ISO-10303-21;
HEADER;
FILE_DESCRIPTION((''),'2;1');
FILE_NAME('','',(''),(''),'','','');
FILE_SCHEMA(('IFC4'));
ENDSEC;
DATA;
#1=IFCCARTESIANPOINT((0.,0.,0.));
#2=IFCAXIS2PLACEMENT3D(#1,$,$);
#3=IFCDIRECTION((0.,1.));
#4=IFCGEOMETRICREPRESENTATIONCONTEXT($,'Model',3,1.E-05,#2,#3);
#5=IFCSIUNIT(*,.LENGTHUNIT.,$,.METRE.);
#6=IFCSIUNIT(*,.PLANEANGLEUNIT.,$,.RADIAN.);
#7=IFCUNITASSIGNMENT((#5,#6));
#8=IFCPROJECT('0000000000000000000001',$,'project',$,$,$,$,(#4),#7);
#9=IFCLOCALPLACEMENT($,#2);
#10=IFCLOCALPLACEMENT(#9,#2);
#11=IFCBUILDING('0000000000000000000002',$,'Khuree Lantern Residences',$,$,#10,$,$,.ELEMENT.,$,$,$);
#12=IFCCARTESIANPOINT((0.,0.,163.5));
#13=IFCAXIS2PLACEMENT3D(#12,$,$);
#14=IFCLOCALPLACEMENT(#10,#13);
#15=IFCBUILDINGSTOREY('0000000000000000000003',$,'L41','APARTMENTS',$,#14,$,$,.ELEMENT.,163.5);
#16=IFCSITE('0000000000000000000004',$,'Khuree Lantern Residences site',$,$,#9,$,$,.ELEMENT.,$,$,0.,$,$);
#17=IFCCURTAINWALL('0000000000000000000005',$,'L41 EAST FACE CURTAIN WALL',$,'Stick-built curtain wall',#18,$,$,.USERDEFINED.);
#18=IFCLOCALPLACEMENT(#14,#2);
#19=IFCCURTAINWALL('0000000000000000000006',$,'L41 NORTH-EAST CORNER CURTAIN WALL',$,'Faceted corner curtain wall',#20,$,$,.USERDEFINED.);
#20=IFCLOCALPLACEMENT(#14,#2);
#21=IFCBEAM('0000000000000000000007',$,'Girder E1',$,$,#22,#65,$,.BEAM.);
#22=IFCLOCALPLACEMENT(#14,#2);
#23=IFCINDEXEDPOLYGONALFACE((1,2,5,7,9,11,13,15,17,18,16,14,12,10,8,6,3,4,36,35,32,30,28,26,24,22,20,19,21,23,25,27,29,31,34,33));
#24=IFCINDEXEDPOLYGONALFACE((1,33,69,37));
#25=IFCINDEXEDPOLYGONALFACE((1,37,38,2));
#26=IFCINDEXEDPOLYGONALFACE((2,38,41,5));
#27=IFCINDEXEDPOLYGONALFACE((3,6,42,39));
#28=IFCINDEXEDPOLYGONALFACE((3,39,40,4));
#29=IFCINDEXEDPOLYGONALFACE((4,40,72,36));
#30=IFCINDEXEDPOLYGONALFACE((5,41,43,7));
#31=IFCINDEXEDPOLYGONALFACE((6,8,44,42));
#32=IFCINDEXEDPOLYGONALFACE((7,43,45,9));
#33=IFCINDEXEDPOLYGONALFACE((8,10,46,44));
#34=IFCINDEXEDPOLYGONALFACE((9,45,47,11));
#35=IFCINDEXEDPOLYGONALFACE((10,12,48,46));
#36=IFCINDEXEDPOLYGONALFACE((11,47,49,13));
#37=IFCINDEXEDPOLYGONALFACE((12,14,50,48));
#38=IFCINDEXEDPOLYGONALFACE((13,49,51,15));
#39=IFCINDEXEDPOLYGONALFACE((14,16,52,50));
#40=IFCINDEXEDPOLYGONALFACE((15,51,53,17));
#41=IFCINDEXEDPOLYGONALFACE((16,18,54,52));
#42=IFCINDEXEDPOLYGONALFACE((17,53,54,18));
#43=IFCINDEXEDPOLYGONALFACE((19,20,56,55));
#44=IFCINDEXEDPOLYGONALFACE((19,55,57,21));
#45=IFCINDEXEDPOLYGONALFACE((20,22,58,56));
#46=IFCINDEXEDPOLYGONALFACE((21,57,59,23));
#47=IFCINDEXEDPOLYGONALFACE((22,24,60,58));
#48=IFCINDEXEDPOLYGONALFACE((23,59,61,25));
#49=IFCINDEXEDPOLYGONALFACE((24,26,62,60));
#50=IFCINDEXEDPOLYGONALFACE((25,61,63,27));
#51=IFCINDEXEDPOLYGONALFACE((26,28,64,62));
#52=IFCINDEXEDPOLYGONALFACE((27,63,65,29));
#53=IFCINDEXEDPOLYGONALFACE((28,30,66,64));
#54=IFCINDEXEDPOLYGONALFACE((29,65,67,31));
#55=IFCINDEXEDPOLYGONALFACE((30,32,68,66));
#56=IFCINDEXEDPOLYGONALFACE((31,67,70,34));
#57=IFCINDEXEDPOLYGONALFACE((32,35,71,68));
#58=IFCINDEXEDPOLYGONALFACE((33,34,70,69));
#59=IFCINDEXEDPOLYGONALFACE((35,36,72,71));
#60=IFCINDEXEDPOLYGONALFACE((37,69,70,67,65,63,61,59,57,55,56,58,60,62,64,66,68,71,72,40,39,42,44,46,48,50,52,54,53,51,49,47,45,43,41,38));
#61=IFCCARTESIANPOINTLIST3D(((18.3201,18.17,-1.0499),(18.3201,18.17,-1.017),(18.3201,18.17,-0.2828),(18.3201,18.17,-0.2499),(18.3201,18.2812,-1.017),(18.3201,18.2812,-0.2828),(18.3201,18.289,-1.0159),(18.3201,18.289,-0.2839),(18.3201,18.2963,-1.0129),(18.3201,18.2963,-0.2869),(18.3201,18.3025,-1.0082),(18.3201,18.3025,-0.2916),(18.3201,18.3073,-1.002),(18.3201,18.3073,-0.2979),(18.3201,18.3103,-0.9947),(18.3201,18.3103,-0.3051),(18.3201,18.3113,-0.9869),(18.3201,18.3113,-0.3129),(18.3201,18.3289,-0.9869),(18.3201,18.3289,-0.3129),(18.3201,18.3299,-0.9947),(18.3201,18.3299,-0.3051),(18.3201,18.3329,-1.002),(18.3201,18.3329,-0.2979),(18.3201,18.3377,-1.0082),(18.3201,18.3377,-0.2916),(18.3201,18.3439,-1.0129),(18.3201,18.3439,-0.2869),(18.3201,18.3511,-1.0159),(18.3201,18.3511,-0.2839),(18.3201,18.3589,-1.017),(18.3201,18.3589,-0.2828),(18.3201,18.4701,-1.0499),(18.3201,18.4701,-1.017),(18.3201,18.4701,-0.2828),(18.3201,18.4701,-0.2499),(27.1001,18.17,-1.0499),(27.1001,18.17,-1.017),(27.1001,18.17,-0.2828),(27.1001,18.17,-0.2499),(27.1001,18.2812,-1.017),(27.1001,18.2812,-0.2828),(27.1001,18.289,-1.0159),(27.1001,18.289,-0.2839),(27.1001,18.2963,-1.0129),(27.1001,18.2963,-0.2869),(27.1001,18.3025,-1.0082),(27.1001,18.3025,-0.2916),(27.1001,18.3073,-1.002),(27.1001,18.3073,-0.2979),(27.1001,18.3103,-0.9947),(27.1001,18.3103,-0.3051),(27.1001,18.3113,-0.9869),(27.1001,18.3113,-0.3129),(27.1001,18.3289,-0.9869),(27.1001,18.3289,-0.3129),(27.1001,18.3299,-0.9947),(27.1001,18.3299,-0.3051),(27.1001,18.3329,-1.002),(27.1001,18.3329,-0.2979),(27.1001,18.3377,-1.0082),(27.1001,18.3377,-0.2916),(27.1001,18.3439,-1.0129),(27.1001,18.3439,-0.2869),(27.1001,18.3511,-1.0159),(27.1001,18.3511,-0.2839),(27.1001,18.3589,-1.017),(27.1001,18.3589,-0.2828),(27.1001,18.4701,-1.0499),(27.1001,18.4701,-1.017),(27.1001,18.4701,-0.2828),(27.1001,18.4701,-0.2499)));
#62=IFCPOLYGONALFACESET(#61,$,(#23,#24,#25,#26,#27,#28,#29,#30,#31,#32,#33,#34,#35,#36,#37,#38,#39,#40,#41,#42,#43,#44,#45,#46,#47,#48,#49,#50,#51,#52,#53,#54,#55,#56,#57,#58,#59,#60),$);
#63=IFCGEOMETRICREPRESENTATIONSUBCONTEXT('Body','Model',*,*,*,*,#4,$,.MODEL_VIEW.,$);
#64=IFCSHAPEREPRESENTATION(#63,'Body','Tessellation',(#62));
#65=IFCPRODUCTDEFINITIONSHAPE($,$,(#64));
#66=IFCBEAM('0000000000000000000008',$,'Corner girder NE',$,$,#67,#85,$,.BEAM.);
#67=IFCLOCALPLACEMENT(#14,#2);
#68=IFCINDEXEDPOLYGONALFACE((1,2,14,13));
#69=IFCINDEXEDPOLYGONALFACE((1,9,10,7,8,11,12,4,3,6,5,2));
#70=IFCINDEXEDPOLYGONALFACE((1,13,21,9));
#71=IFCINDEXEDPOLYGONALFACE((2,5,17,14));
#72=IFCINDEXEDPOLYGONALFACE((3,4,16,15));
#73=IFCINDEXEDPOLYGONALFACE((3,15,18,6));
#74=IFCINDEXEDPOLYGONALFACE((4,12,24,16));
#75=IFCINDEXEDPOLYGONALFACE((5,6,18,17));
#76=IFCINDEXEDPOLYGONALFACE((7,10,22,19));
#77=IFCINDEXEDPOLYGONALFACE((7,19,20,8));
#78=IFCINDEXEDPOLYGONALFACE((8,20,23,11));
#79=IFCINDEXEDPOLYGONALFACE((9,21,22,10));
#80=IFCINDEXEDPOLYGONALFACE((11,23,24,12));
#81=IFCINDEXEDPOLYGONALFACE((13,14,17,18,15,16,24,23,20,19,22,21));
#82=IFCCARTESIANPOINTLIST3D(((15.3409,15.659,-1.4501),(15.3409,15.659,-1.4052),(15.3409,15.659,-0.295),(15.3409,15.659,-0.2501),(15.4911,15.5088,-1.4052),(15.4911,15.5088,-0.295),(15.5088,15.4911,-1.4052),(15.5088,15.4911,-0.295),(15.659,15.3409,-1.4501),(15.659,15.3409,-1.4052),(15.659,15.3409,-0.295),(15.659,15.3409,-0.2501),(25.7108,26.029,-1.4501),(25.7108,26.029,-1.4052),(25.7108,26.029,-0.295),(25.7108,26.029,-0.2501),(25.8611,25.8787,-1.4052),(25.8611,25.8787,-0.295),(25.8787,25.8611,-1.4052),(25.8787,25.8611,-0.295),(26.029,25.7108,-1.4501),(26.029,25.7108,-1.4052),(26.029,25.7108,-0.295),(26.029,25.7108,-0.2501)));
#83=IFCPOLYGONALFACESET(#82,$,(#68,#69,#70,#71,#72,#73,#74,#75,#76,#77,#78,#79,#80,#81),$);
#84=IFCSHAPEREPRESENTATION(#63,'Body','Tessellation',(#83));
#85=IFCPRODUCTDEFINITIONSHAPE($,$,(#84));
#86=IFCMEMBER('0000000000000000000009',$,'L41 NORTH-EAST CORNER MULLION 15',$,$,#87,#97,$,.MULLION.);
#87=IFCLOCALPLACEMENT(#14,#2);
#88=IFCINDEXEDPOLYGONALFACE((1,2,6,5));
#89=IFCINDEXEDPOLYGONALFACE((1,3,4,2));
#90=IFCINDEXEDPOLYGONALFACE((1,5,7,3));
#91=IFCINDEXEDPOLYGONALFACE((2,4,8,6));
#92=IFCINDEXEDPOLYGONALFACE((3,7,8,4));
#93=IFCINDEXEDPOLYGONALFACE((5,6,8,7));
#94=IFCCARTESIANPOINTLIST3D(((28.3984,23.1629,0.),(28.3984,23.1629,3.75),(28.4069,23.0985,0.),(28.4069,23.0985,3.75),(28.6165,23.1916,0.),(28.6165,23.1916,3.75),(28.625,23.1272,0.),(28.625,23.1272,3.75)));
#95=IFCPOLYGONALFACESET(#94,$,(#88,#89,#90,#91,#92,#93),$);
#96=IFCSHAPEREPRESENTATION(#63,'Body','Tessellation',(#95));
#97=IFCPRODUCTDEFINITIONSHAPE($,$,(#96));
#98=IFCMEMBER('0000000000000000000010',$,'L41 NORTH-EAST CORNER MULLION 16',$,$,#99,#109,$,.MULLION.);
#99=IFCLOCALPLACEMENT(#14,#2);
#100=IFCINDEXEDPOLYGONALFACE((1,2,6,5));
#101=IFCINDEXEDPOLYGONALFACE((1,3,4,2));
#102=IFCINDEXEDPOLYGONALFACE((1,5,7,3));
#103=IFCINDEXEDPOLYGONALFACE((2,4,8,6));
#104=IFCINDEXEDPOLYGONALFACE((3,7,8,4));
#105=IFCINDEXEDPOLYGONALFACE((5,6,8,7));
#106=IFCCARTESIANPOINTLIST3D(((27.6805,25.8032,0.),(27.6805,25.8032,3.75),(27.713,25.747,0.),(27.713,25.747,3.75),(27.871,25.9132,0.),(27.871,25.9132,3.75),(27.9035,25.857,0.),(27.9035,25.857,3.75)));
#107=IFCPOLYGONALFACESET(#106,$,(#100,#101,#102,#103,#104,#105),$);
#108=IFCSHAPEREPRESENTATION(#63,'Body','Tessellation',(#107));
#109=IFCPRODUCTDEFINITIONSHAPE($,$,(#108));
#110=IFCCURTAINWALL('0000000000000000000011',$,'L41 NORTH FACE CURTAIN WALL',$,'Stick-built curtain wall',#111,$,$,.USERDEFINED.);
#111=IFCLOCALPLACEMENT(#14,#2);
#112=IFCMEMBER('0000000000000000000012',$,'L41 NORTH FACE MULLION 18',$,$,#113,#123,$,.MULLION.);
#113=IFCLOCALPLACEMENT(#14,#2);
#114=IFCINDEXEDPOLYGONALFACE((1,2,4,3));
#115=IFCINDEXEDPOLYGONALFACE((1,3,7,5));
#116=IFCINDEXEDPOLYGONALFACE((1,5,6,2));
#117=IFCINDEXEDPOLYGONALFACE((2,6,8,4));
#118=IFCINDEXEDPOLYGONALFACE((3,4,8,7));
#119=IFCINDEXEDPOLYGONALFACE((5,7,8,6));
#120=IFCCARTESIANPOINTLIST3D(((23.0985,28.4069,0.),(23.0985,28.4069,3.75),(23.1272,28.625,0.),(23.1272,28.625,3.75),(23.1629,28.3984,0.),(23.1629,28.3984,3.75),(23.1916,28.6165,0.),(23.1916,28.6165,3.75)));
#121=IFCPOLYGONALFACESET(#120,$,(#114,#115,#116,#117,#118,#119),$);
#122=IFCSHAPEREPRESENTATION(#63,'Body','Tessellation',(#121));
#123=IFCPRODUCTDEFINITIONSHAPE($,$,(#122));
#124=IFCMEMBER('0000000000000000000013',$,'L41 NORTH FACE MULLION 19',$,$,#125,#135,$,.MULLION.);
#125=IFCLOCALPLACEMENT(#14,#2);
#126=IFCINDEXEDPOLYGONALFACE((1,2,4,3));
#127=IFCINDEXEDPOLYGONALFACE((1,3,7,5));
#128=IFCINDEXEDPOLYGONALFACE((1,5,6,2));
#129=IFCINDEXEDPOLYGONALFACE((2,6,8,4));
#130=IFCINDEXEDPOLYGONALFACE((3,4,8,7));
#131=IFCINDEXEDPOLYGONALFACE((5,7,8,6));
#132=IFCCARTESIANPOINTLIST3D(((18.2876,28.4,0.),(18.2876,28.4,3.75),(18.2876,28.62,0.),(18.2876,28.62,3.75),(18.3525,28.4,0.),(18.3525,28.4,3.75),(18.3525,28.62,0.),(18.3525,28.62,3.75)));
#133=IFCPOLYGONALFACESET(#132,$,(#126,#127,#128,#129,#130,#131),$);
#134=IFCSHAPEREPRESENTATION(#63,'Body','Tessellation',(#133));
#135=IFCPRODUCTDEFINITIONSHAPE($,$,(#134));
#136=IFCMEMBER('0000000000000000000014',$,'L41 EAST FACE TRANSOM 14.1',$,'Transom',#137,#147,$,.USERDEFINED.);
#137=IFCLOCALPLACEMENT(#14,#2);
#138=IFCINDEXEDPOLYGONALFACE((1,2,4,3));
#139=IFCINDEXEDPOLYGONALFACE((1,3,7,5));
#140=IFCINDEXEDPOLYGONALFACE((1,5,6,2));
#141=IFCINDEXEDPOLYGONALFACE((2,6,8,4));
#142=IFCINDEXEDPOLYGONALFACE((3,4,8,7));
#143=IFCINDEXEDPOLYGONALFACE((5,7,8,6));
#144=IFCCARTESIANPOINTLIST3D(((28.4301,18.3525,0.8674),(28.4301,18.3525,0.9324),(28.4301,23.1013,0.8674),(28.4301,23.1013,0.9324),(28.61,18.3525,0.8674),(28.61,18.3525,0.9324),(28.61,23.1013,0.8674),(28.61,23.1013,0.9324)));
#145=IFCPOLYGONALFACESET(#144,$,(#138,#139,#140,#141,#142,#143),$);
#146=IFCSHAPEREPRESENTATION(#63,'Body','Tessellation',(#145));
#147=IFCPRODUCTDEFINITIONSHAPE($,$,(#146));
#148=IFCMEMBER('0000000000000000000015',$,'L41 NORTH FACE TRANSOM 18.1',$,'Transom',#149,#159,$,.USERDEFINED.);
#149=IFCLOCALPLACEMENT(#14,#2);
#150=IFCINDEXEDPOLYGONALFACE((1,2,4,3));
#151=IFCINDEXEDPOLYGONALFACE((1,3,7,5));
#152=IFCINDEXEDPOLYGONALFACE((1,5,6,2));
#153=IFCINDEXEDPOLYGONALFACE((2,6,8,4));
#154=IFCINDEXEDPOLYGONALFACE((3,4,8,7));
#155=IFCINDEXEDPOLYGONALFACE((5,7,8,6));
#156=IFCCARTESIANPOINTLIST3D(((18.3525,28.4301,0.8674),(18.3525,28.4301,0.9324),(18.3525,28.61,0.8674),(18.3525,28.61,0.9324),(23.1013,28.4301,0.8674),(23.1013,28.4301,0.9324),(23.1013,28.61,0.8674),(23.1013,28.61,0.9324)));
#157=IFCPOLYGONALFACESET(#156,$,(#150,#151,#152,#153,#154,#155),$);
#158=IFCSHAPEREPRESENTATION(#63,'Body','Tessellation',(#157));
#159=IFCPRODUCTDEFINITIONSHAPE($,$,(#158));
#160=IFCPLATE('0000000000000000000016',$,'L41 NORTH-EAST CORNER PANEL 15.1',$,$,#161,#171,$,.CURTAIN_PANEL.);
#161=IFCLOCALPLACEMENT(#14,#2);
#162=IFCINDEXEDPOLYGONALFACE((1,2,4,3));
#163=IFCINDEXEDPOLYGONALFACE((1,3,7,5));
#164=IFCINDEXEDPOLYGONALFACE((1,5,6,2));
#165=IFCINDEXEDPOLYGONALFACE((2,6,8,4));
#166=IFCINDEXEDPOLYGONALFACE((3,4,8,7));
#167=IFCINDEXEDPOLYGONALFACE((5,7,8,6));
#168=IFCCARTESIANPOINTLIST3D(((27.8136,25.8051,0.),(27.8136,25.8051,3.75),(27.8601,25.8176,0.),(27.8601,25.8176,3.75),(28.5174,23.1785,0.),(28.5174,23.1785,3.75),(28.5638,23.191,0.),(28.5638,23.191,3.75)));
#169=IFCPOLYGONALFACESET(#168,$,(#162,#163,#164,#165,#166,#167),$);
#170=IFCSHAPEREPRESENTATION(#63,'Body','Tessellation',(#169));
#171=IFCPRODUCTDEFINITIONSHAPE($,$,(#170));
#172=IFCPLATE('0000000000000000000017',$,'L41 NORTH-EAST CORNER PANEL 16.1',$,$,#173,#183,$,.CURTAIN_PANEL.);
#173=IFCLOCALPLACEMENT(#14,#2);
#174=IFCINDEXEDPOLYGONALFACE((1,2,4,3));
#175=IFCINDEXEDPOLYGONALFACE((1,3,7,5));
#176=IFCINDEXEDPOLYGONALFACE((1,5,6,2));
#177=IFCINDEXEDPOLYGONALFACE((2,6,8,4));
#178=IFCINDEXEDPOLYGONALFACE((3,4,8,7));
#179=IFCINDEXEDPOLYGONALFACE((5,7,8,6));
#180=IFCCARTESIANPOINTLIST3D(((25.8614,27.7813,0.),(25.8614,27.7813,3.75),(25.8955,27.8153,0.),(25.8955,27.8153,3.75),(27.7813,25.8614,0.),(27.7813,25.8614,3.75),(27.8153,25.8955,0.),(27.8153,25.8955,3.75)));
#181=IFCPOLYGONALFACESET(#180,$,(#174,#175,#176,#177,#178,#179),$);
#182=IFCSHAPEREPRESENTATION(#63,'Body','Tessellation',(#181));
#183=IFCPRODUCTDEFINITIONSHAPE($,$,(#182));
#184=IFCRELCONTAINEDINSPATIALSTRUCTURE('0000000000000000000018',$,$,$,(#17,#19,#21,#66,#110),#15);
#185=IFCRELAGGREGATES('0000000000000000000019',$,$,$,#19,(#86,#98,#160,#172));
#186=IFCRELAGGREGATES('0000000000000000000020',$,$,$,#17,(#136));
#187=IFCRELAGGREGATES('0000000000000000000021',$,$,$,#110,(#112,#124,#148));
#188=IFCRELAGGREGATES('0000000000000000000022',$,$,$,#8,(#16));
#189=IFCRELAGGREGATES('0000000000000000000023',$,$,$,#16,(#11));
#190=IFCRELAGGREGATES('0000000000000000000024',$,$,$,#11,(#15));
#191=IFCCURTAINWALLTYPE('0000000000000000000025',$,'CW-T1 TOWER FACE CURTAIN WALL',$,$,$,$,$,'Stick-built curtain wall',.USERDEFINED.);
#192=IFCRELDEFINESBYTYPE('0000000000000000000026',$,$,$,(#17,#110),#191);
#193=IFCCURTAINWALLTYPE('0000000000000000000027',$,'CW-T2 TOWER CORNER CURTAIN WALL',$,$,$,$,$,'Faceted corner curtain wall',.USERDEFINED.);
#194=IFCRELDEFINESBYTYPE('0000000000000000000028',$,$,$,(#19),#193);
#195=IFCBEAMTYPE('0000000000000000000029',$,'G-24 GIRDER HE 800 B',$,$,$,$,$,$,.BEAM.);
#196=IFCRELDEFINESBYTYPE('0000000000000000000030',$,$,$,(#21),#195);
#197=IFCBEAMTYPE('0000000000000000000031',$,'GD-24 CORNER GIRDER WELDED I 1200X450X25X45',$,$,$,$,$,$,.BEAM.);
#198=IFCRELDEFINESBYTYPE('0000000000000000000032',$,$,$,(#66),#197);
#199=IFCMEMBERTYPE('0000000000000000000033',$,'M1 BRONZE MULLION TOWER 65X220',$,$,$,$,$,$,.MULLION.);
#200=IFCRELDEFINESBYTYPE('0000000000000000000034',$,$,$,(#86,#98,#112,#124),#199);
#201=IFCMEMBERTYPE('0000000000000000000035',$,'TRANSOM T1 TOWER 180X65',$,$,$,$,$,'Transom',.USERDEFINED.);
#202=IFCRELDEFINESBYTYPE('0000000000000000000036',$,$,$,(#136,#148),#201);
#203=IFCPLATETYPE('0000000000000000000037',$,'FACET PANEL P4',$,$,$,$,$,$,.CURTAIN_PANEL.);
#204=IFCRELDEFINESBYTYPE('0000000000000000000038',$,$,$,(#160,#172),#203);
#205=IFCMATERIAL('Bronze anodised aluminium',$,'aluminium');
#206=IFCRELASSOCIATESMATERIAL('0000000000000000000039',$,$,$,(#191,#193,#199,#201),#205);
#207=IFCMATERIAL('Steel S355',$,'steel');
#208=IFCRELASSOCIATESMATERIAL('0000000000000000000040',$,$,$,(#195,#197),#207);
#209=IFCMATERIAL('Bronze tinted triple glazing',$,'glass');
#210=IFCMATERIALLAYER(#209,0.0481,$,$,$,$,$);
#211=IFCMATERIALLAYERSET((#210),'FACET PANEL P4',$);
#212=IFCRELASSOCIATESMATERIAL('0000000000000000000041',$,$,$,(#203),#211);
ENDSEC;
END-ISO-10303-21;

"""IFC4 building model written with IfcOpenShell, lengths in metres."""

from ifc_helpers import new_model, si_unit, direction, frame, origin, origin_2d, place, context, subcontext, project, spatial, rectangle, i_section, extrude, material, layer, layer_set, material_profile, profile_set, type_object, element, aggregate, save


model = new_model("IFC4")

# Units and contexts
model_context = context("Model", 3, precision=1e-05, world=origin(), true_north=direction((0.0, 1.0)))
body_context = subcontext(model_context, "Body", "Model", "MODEL_VIEW")
ifc_project = project(units=[si_unit("LENGTHUNIT", "METRE"), si_unit("PLANEANGLEUNIT", "RADIAN")], contexts=[model_context])

# Site, building, storey
site_placement = place(None, origin())
site = spatial("IfcSite", under=ifc_project, at=site_placement, Name="Khuree Lantern Residences site", CompositionType="ELEMENT", RefElevation=0.0)
building_placement = place(site_placement, origin())
building = spatial("IfcBuilding", under=site, at=building_placement, Name="Khuree Lantern Residences", CompositionType="ELEMENT")
storey_placement = place(building_placement, frame((0.0, 0.0, 163.5)))
storey = spatial("IfcBuildingStorey", under=building, at=storey_placement, Name="L41", Description="APARTMENTS", CompositionType="ELEMENT", Elevation=163.5)

# Shared definitions
ifc_material_1 = material(Name="Steel S355", Category="steel")

# Curtain walls
ifc_material_2 = material(Name="Bronze anodised aluminium", Category="aluminium")
curtain_wall_type_1 = type_object("IfcCurtainWallType", Name="CW-T1 TOWER FACE CURTAIN WALL", ElementType="Stick-built curtain wall", PredefinedType="USERDEFINED", material=ifc_material_2)
curtain_wall_1_placement = place(storey_placement, origin())
curtain_wall_1 = element("IfcCurtainWall", 1, at=curtain_wall_1_placement, inside=storey, type_object=curtain_wall_type_1, Name="L41 EAST FACE CURTAIN WALL", ObjectType="Stick-built curtain wall", PredefinedType="USERDEFINED")
curtain_wall_type_2 = type_object("IfcCurtainWallType", Name="CW-T2 TOWER CORNER CURTAIN WALL", ElementType="Faceted corner curtain wall", PredefinedType="USERDEFINED", material=ifc_material_2)
curtain_wall_2_placement = place(storey_placement, origin())
curtain_wall_2 = element("IfcCurtainWall", 2, at=curtain_wall_2_placement, inside=storey, type_object=curtain_wall_type_2, Name="L41 NORTH-EAST CORNER CURTAIN WALL", ObjectType="Faceted corner curtain wall", PredefinedType="USERDEFINED")

# Beams
ifc_material_profile_1 = material_profile(ifc_material_1, i_section(OverallWidth=0.3, OverallDepth=0.8, WebThickness=0.0176, FlangeThickness=0.033, FilletRadius=0.03, at=origin_2d()), Name="HE 800 B")
ifc_profile_set_1 = profile_set([ifc_material_profile_1], Name="Steel S355")
beam_type_1 = type_object("IfcBeamType", Name="G-24 GIRDER HE 800 B", PredefinedType="BEAM", material=ifc_profile_set_1)
for number, where, z_axis, x_axis, name in (
    (3, (27.1001, 18.3201, -0.6499), (-1.0, 0.0, 0.0), (0.0, -1.0, 0.0), "Girder E1"),
):
    element("IfcBeam", number, at=place(storey_placement, frame(where, z_axis=z_axis, x_axis=x_axis)), inside=storey, type_object=beam_type_1, Name=name, PredefinedType="BEAM", context=body_context, shape_type="SweptSolid", body=[
        extrude(i_section(OverallWidth=0.3, OverallDepth=0.8, WebThickness=0.0176, FlangeThickness=0.033, FilletRadius=0.03, at=origin_2d()), origin(), (0.0, 0.0, 1.0), 8.78),
    ])
ifc_material_profile_2 = material_profile(ifc_material_1, i_section(OverallWidth=0.45, OverallDepth=1.2, WebThickness=0.0249, FlangeThickness=0.0449, at=origin_2d()), Name="WELDED I 1200X450X25X45")
ifc_profile_set_2 = profile_set([ifc_material_profile_2], Name="Steel S355")
beam_type_2 = type_object("IfcBeamType", Name="GD-24 CORNER GIRDER WELDED I 1200X450X25X45", PredefinedType="BEAM", material=ifc_profile_set_2)
beam_1_placement = place(storey_placement, frame((25.8699, 25.8699, -0.8501), z_axis=(-0.707107, -0.707107, 0.0), x_axis=(0.707107, -0.707107, 0.0)))
element("IfcBeam", 4, at=beam_1_placement, inside=storey, type_object=beam_type_2, Name="Corner girder NE", PredefinedType="BEAM", context=body_context, shape_type="SweptSolid", body=[
    extrude(i_section(OverallWidth=0.45, OverallDepth=1.2, WebThickness=0.0249, FlangeThickness=0.0449, at=origin_2d()), origin(), (0.0, 0.0, 1.0), 14.6653),
])

# Members
ifc_material_profile_3 = material_profile(ifc_material_2, rectangle(XDim=0.0649, YDim=0.22, at=origin_2d()), Name="M1 65X220")
ifc_profile_set_3 = profile_set([ifc_material_profile_3], Name="Bronze anodised aluminium")
member_type_1 = type_object("IfcMemberType", Name="M1 BRONZE MULLION TOWER 65X220", PredefinedType="MULLION", material=ifc_profile_set_3)
member_1_placement = place(storey_placement, frame((28.5117, 23.145, 0.0), z_axis=(0.0, 0.0, 1.0), x_axis=(-0.130526, 0.991445, 0.0)))
member_1 = element("IfcMember", 5, at=member_1_placement, type_object=member_type_1, Name="L41 NORTH-EAST CORNER MULLION 15", PredefinedType="MULLION", context=body_context, shape_type="SweptSolid", body=[
    extrude(rectangle(XDim=0.0649, YDim=0.22, at=origin_2d()), origin(), (0.0, 0.0, 1.0), 3.75),
])
member_2_placement = place(storey_placement, frame((27.792, 25.8301, 0.0), z_axis=(0.0, 0.0, 1.0), x_axis=(-0.5, 0.866025, 0.0)))
member_2 = element("IfcMember", 6, at=member_2_placement, type_object=member_type_1, Name="L41 NORTH-EAST CORNER MULLION 16", PredefinedType="MULLION", context=body_context, shape_type="SweptSolid", body=[
    extrude(rectangle(XDim=0.0649, YDim=0.22, at=origin_2d()), origin(), (0.0, 0.0, 1.0), 3.75),
])

# Curtain wall, members
curtain_wall_3_placement = place(storey_placement, origin())
curtain_wall_3 = element("IfcCurtainWall", 7, at=curtain_wall_3_placement, inside=storey, type_object=curtain_wall_type_1, Name="L41 NORTH FACE CURTAIN WALL", ObjectType="Stick-built curtain wall", PredefinedType="USERDEFINED")
member_3_placement = place(storey_placement, frame((23.145, 28.5117, 0.0), z_axis=(0.0, 0.0, 1.0), x_axis=(-0.991445, 0.130526, 0.0)))
member_3 = element("IfcMember", 8, at=member_3_placement, type_object=member_type_1, Name="L41 NORTH FACE MULLION 18", PredefinedType="MULLION", context=body_context, shape_type="SweptSolid", body=[
    extrude(rectangle(XDim=0.0649, YDim=0.22, at=origin_2d()), origin(), (0.0, 0.0, 1.0), 3.75),
])
member_4_placement = place(storey_placement, frame((18.3201, 28.51, 0.0), z_axis=(0.0, 0.0, 1.0), x_axis=(-1.0, 0.0, 0.0)))
member_4 = element("IfcMember", 9, at=member_4_placement, type_object=member_type_1, Name="L41 NORTH FACE MULLION 19", PredefinedType="MULLION", context=body_context, shape_type="SweptSolid", body=[
    extrude(rectangle(XDim=0.0649, YDim=0.22, at=origin_2d()), origin(), (0.0, 0.0, 1.0), 3.75),
])

# Members
ifc_material_profile_4 = material_profile(ifc_material_2, rectangle(XDim=0.1799, YDim=0.0649, at=origin_2d()), Name="T1 180X65")
ifc_profile_set_4 = profile_set([ifc_material_profile_4], Name="Bronze anodised aluminium")
member_type_2 = type_object("IfcMemberType", Name="TRANSOM T1 TOWER 180X65", ElementType="Transom", PredefinedType="USERDEFINED", material=ifc_profile_set_4)
member_5_placement = place(storey_placement, frame((28.52, 18.3525, 0.8999), z_axis=(0.0, 1.0, 0.0), x_axis=(-1.0, 0.0, 0.0)))
member_5 = element("IfcMember", 10, at=member_5_placement, type_object=member_type_2, Name="L41 EAST FACE TRANSOM 14.1", ObjectType="Transom", PredefinedType="USERDEFINED", context=body_context, shape_type="SweptSolid", body=[
    extrude(rectangle(XDim=0.1799, YDim=0.0649, at=origin_2d()), origin(), (0.0, 0.0, 1.0), 4.7488),
])
member_6_placement = place(storey_placement, frame((23.1013, 28.52, 0.8999), z_axis=(-1.0, 0.0, 0.0), x_axis=(0.0, -1.0, 0.0)))
member_6 = element("IfcMember", 11, at=member_6_placement, type_object=member_type_2, Name="L41 NORTH FACE TRANSOM 18.1", ObjectType="Transom", PredefinedType="USERDEFINED", context=body_context, shape_type="SweptSolid", body=[
    extrude(rectangle(XDim=0.1799, YDim=0.0649, at=origin_2d()), origin(), (0.0, 0.0, 1.0), 4.7488),
])

# Plates
ifc_material_3 = material(Name="Bronze tinted triple glazing", Category="glass")
ifc_layer_1 = layer(ifc_material_3, 0.0481)
ifc_layer_set_1 = layer_set([ifc_layer_1], Name="FACET PANEL P4")
plate_type_1 = type_object("IfcPlateType", Name="FACET PANEL P4", PredefinedType="CURTAIN_PANEL", material=ifc_layer_set_1)
plate_1_placement = place(storey_placement, frame((28.1887, 24.498, 0.0), z_axis=(0.0, 0.0, 1.0), x_axis=(-0.258819, 0.965926, 0.0)))
plate_1 = element("IfcPlate", 12, at=plate_1_placement, type_object=plate_type_1, Name="L41 NORTH-EAST CORNER PANEL 15.1", PredefinedType="CURTAIN_PANEL", context=body_context, shape_type="SweptSolid", body=[
    extrude(rectangle(XDim=2.7192, YDim=0.0481, at=origin_2d()), origin(), (0.0, 0.0, 1.0), 3.75),
])
plate_2_placement = place(storey_placement, frame((26.8384, 26.8384, 0.0), z_axis=(0.0, 0.0, 1.0), x_axis=(-0.707107, 0.707107, 0.0)))
plate_2 = element("IfcPlate", 13, at=plate_2_placement, type_object=plate_type_1, Name="L41 NORTH-EAST CORNER PANEL 16.1", PredefinedType="CURTAIN_PANEL", context=body_context, shape_type="SweptSolid", body=[
    extrude(rectangle(XDim=2.7151, YDim=0.0481, at=origin_2d()), origin(), (0.0, 0.0, 1.0), 3.75),
])
aggregate(curtain_wall_2, [member_1, member_2, plate_1, plate_2])
aggregate(curtain_wall_1, [member_5])
aggregate(curtain_wall_3, [member_3, member_4, member_6])

save(model, "model.ifc")
